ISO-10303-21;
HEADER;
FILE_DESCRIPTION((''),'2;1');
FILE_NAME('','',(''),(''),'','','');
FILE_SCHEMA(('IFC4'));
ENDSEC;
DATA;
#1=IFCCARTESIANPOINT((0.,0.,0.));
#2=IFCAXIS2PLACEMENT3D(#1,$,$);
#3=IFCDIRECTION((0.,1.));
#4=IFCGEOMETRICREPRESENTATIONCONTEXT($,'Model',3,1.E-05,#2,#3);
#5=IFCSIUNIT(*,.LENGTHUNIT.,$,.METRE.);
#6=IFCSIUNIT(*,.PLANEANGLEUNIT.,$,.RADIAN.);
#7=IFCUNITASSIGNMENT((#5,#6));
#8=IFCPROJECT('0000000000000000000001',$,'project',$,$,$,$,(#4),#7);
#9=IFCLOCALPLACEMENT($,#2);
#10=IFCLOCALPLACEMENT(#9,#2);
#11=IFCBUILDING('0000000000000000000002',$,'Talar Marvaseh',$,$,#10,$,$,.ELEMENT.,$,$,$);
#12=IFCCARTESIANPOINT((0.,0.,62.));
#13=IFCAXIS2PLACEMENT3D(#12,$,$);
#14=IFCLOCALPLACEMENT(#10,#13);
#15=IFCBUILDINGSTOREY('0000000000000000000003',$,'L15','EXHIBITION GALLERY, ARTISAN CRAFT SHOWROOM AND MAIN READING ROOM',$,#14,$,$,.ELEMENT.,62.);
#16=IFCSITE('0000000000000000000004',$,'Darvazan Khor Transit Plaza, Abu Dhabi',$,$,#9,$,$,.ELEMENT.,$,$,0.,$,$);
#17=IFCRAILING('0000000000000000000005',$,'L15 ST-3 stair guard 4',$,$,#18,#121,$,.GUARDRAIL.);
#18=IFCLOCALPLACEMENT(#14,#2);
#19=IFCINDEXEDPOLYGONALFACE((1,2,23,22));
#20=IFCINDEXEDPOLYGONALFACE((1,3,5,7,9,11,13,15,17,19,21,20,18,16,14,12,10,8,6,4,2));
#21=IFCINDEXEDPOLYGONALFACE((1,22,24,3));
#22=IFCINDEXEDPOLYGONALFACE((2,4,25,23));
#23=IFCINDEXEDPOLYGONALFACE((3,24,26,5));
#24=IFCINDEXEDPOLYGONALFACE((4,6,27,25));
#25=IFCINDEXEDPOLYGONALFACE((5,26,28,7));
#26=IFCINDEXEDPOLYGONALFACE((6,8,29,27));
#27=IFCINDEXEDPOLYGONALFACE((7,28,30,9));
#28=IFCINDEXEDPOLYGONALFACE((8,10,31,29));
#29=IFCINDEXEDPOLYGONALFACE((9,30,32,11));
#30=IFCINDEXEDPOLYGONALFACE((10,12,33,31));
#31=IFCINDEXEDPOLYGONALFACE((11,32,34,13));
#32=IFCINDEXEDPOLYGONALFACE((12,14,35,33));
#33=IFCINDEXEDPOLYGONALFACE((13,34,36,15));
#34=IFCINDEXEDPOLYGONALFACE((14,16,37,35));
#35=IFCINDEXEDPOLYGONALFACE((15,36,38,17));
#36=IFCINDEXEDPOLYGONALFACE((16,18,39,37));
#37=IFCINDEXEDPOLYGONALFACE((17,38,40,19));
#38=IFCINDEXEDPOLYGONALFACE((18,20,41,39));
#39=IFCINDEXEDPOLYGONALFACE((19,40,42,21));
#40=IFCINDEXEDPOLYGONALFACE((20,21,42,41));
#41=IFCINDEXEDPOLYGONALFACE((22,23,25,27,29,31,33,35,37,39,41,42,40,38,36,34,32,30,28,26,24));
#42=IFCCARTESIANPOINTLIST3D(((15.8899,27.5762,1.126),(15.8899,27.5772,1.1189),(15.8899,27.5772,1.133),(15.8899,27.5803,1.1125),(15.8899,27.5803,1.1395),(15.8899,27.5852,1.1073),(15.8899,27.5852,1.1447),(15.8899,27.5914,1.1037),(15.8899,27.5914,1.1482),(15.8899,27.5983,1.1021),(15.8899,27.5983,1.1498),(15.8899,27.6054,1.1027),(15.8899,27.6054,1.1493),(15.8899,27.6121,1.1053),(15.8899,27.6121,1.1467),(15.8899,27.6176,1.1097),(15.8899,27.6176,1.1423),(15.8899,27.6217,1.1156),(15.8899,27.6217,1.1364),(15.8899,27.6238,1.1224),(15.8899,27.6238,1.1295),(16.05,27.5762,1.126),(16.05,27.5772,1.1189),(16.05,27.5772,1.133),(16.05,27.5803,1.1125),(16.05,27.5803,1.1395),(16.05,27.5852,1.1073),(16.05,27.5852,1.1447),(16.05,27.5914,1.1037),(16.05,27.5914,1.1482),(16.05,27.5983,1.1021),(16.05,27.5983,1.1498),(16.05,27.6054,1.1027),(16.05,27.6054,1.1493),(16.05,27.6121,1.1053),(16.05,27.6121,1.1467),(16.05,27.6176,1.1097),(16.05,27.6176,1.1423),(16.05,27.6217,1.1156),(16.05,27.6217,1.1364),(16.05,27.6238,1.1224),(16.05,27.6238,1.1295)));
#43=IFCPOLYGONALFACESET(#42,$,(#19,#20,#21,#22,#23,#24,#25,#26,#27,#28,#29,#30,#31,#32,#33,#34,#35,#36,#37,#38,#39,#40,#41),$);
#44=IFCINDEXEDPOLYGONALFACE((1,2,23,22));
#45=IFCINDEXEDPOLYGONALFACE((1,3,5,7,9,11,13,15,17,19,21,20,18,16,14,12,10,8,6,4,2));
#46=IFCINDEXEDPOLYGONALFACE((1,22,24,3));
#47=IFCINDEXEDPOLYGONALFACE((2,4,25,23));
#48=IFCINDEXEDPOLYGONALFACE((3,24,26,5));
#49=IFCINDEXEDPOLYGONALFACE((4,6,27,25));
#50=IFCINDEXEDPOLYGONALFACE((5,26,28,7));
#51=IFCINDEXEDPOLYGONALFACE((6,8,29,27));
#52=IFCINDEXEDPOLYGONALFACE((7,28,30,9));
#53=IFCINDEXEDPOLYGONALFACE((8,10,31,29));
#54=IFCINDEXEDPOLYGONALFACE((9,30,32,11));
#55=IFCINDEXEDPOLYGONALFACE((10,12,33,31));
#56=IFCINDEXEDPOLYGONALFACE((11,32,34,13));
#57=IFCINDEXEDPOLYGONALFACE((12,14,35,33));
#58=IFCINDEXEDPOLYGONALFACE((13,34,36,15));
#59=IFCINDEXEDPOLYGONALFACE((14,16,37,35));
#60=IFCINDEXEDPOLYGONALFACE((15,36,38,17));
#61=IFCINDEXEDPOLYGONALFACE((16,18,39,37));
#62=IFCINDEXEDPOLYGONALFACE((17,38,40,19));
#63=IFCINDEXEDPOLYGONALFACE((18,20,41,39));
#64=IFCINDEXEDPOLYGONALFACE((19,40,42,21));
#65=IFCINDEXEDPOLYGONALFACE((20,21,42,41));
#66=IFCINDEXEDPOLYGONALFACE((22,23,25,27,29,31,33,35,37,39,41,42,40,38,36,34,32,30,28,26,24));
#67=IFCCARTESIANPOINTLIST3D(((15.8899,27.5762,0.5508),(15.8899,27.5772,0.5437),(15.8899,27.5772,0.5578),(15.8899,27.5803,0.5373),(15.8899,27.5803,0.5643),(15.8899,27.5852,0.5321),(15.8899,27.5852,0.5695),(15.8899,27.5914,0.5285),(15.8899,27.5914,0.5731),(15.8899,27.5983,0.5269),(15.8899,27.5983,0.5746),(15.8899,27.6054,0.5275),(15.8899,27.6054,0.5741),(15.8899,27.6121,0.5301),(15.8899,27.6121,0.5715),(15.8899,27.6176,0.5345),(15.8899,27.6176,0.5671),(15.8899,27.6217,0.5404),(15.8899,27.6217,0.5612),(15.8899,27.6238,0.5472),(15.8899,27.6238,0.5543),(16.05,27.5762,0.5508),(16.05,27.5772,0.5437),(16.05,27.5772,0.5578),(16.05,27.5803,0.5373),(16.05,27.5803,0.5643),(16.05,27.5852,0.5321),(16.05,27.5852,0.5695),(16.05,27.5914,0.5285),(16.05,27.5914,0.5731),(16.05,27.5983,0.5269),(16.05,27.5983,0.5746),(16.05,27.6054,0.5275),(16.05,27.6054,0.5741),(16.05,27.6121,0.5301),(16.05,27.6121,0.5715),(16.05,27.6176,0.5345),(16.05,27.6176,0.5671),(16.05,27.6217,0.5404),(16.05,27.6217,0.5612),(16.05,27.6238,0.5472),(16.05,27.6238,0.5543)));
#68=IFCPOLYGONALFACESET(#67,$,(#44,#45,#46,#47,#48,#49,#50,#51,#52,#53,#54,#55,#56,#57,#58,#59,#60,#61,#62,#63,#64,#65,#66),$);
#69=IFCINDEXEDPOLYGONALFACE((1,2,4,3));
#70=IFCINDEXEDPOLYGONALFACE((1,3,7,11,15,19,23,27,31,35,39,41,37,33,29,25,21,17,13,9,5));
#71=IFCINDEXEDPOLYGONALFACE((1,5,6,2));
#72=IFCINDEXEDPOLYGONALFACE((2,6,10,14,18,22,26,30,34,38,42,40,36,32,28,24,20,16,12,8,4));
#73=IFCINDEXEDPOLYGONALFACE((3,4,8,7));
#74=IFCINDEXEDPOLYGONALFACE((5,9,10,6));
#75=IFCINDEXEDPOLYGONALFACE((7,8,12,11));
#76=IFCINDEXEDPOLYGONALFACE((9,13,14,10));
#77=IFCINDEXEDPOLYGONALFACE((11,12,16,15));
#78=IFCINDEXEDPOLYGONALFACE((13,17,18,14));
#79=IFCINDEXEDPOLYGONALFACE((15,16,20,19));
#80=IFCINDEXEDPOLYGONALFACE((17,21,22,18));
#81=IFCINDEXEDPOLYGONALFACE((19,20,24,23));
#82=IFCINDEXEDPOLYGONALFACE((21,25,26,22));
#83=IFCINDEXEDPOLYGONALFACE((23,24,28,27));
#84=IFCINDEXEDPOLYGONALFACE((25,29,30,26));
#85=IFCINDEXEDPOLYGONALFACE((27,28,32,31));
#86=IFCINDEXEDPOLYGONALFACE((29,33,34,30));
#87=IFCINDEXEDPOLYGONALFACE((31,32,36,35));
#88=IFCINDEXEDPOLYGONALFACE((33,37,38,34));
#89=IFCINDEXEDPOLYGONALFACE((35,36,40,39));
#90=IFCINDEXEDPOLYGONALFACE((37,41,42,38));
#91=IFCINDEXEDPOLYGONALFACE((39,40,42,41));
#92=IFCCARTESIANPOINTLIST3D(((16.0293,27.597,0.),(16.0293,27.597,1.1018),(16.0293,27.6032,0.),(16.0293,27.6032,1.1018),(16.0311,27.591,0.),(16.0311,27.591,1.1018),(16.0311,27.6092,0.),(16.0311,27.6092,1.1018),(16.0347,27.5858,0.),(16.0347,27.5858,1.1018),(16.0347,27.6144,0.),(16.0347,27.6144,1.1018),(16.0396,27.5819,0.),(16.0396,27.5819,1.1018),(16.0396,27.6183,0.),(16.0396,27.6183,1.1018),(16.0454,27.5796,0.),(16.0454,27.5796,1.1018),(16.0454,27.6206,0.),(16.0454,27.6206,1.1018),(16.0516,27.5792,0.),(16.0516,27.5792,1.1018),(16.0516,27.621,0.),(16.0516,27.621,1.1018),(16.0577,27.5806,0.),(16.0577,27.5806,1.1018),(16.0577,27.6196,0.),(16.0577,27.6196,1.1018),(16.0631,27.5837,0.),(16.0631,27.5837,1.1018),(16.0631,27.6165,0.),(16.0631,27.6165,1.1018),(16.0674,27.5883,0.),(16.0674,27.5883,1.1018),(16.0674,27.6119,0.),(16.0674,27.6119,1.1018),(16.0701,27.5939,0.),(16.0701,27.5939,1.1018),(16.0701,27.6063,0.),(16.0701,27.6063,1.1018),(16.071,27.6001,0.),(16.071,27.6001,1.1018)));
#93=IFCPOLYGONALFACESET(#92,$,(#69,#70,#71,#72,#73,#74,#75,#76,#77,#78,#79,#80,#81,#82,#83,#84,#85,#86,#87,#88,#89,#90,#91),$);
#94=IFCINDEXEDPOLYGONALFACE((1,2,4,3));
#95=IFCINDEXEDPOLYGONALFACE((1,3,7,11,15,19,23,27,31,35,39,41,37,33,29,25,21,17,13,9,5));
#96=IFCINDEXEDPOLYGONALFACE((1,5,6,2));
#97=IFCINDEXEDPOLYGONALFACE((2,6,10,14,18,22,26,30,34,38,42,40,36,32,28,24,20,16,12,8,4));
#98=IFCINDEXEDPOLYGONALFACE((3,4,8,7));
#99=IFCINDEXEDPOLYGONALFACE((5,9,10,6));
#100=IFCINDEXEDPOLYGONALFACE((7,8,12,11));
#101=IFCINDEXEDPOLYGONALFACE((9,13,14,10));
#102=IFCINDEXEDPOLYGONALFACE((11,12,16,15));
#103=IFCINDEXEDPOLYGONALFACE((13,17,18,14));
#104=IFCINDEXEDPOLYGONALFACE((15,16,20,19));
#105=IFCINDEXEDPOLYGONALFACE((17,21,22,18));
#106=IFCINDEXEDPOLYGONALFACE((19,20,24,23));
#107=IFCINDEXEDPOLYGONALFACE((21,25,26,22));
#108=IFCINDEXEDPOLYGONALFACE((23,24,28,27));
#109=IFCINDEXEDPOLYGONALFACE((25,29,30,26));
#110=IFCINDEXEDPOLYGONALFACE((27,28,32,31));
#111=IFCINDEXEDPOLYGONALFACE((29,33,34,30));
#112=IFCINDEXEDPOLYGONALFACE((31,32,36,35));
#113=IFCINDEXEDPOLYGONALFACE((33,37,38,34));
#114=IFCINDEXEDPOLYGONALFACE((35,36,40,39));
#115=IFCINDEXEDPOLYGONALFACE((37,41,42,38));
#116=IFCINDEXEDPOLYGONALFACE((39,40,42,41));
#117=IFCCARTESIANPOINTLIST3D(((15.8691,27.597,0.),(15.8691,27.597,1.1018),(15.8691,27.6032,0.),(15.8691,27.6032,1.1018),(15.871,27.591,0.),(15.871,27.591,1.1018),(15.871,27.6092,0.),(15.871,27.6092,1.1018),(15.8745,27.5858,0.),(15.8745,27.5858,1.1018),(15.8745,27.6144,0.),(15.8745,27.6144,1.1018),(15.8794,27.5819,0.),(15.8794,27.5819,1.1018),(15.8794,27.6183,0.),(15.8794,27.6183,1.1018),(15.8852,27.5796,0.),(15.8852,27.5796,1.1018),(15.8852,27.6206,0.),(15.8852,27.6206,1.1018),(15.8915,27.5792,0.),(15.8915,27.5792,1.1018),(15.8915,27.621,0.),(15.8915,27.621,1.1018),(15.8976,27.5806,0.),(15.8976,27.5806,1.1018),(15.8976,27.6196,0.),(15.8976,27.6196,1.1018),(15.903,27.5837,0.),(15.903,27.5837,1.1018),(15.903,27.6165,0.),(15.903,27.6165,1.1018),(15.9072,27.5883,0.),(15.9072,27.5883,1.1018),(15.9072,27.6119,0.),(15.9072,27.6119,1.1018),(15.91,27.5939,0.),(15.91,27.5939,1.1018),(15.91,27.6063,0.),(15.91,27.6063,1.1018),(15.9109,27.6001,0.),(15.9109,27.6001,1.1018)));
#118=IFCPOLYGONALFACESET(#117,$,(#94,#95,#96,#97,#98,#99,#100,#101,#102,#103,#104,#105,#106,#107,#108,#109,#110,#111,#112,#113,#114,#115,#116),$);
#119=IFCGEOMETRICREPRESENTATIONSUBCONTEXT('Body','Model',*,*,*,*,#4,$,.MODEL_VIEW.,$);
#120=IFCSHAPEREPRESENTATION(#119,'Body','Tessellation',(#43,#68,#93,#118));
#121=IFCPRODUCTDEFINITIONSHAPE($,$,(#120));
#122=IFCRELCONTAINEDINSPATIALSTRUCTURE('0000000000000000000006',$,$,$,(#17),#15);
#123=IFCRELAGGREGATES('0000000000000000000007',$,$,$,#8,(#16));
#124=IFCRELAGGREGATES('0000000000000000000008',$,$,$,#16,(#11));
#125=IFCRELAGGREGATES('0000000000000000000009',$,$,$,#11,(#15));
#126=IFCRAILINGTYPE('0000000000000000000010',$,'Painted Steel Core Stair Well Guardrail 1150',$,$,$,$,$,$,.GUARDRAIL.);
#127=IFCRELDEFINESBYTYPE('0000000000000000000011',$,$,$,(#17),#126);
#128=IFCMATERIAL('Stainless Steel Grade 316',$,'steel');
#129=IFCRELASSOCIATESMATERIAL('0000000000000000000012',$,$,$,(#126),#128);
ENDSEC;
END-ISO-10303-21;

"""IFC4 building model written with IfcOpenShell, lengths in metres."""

from ifc_helpers import new_model, si_unit, direction, frame, origin, origin_2d, place, context, subcontext, project, spatial, circle, extrude, material, type_object, element, save


model = new_model("IFC4")

# Units and contexts
model_context = context("Model", 3, precision=1e-05, world=origin(), true_north=direction((0.0, 1.0)))
body_context = subcontext(model_context, "Body", "Model", "MODEL_VIEW")
ifc_project = project(units=[si_unit("LENGTHUNIT", "METRE"), si_unit("PLANEANGLEUNIT", "RADIAN")], contexts=[model_context])

# Site, building, storey
site_placement = place(None, origin())
site = spatial("IfcSite", under=ifc_project, at=site_placement, Name="Darvazan Khor Transit Plaza, Abu Dhabi", CompositionType="ELEMENT", RefElevation=0.0)
building_placement = place(site_placement, origin())
building = spatial("IfcBuilding", under=site, at=building_placement, Name="Talar Marvaseh", CompositionType="ELEMENT")
storey_placement = place(building_placement, frame((0.0, 0.0, 62.0)))
storey = spatial("IfcBuildingStorey", under=building, at=storey_placement, Name="L15", Description="EXHIBITION GALLERY, ARTISAN CRAFT SHOWROOM AND MAIN READING ROOM", CompositionType="ELEMENT", Elevation=62.0)

# Railing
ifc_material_1 = material(Name="Stainless Steel Grade 316", Category="steel")
railing_type_1 = type_object("IfcRailingType", Name="Painted Steel Core Stair Well Guardrail 1150", PredefinedType="GUARDRAIL", material=ifc_material_1)
railing_1_placement = place(storey_placement, frame((16.05, 27.6001, 0.0)))
element("IfcRailing", 1, at=railing_1_placement, inside=storey, type_object=railing_type_1, Name="L15 ST-3 stair guard 4", PredefinedType="GUARDRAIL", context=body_context, shape_type="SweptSolid", body=[
    extrude(circle(Radius=0.0239, at=origin_2d()), frame((0.0, 0.0, 1.126), z_axis=(-1.0, 0.0, 0.0), x_axis=(0.0, -1.0, 0.0)), (0.0, 0.0, 1.0), 0.1602),
    extrude(circle(Radius=0.0239, at=origin_2d()), frame((0.0, 0.0, 0.5508), z_axis=(-1.0, 0.0, 0.0), x_axis=(0.0, -1.0, 0.0)), (0.0, 0.0, 1.0), 0.1602),
    extrude(circle(Radius=0.021, at=origin_2d()), origin(), (0.0, 0.0, 1.0), 1.1018),
    extrude(circle(Radius=0.021, at=origin_2d()), frame((-0.1602, 0.0, 0.0)), (0.0, 0.0, 1.0), 1.1018),
])

save(model, "model.ifc")
